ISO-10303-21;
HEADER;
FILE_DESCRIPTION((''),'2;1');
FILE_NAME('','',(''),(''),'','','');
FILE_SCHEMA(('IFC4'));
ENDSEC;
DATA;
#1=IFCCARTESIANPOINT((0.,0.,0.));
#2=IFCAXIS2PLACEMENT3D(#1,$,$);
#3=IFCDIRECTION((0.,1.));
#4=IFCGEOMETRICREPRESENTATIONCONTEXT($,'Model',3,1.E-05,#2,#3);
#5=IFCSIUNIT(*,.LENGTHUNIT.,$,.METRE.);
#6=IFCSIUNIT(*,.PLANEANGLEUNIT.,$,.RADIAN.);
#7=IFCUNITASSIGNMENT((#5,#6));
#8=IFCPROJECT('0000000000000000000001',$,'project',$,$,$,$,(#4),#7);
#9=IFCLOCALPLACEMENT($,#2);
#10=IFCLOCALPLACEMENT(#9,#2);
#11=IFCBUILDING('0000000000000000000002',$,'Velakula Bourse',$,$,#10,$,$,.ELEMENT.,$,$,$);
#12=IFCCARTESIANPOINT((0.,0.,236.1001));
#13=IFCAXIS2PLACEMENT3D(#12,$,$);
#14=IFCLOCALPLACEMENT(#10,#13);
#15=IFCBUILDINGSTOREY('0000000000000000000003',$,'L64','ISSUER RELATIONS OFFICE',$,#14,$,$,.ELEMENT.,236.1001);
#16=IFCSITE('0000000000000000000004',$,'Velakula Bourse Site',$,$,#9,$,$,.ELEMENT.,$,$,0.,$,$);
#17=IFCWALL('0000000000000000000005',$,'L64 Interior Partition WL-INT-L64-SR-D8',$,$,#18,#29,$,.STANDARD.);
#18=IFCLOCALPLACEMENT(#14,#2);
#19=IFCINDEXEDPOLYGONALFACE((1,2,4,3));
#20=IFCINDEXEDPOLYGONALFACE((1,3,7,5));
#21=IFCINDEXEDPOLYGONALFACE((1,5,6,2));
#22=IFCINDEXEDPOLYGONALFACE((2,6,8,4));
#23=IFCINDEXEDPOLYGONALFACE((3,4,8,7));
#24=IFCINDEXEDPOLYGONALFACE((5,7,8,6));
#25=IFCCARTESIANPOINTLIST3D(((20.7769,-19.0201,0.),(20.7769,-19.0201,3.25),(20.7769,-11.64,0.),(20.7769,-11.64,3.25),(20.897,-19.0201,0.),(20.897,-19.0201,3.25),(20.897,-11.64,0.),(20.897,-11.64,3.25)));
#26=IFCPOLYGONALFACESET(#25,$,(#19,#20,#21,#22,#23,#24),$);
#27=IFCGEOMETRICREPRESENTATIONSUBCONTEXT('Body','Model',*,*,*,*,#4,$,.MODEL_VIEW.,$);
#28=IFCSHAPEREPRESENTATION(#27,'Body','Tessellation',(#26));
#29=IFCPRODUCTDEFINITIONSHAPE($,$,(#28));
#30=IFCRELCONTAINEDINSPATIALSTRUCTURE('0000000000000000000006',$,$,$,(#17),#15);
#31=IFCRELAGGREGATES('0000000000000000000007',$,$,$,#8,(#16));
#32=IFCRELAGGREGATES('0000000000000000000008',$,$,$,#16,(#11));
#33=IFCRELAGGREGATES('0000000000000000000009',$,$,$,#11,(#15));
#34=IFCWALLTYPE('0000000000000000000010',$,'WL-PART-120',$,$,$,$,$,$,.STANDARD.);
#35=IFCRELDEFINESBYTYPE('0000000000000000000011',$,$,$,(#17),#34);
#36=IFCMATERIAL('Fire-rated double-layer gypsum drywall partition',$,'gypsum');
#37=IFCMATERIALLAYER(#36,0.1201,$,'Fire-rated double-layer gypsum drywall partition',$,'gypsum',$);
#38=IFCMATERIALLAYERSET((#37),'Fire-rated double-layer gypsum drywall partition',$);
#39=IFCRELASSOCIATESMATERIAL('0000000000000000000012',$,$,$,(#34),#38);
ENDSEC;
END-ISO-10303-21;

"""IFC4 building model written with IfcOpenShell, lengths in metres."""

from ifc_helpers import new_model, si_unit, direction, frame, frame_2d, origin, place, context, subcontext, project, spatial, rectangle, extrude, material, layer, layer_set, type_object, element, save


model = new_model("IFC4")

# Units and contexts
model_context = context("Model", 3, precision=1e-05, world=origin(), true_north=direction((0.0, 1.0)))
body_context = subcontext(model_context, "Body", "Model", "MODEL_VIEW")
ifc_project = project(units=[si_unit("LENGTHUNIT", "METRE"), si_unit("PLANEANGLEUNIT", "RADIAN")], contexts=[model_context])

# Site, building, storey
site_placement = place(None, origin())
site = spatial("IfcSite", under=ifc_project, at=site_placement, Name="Velakula Bourse Site", CompositionType="ELEMENT", RefElevation=0.0)
building_placement = place(site_placement, origin())
building = spatial("IfcBuilding", under=site, at=building_placement, Name="Velakula Bourse", CompositionType="ELEMENT")
storey_placement = place(building_placement, frame((0.0, 0.0, 236.1001)))
storey = spatial("IfcBuildingStorey", under=building, at=storey_placement, Name="L64", Description="ISSUER RELATIONS OFFICE", CompositionType="ELEMENT", Elevation=236.1001)

# Wall
ifc_material_1 = material(Name="Fire-rated double-layer gypsum drywall partition", Category="gypsum")
ifc_layer_1 = layer(ifc_material_1, 0.1201, Name="Fire-rated double-layer gypsum drywall partition", Category="gypsum")
ifc_layer_set_1 = layer_set([ifc_layer_1], Name="Fire-rated double-layer gypsum drywall partition")
wall_type_1 = type_object("IfcWallType", Name="WL-PART-120", PredefinedType="STANDARD", material=ifc_layer_set_1)
wall_1_placement = place(storey_placement, frame((20.8369, -19.02, 0.0), z_axis=(0.0, 0.0, 1.0), x_axis=(0.0, 1.0, 0.0)))
element("IfcWall", 1, at=wall_1_placement, inside=storey, type_object=wall_type_1, Name="L64 Interior Partition WL-INT-L64-SR-D8", PredefinedType="STANDARD", context=body_context, shape_type="SweptSolid", body=[
    extrude(rectangle(XDim=7.3801, YDim=0.1201, at=frame_2d((3.6899, 0.0))), origin(), (0.0, 0.0, 1.0), 3.25),
])

save(model, "model.ifc")
